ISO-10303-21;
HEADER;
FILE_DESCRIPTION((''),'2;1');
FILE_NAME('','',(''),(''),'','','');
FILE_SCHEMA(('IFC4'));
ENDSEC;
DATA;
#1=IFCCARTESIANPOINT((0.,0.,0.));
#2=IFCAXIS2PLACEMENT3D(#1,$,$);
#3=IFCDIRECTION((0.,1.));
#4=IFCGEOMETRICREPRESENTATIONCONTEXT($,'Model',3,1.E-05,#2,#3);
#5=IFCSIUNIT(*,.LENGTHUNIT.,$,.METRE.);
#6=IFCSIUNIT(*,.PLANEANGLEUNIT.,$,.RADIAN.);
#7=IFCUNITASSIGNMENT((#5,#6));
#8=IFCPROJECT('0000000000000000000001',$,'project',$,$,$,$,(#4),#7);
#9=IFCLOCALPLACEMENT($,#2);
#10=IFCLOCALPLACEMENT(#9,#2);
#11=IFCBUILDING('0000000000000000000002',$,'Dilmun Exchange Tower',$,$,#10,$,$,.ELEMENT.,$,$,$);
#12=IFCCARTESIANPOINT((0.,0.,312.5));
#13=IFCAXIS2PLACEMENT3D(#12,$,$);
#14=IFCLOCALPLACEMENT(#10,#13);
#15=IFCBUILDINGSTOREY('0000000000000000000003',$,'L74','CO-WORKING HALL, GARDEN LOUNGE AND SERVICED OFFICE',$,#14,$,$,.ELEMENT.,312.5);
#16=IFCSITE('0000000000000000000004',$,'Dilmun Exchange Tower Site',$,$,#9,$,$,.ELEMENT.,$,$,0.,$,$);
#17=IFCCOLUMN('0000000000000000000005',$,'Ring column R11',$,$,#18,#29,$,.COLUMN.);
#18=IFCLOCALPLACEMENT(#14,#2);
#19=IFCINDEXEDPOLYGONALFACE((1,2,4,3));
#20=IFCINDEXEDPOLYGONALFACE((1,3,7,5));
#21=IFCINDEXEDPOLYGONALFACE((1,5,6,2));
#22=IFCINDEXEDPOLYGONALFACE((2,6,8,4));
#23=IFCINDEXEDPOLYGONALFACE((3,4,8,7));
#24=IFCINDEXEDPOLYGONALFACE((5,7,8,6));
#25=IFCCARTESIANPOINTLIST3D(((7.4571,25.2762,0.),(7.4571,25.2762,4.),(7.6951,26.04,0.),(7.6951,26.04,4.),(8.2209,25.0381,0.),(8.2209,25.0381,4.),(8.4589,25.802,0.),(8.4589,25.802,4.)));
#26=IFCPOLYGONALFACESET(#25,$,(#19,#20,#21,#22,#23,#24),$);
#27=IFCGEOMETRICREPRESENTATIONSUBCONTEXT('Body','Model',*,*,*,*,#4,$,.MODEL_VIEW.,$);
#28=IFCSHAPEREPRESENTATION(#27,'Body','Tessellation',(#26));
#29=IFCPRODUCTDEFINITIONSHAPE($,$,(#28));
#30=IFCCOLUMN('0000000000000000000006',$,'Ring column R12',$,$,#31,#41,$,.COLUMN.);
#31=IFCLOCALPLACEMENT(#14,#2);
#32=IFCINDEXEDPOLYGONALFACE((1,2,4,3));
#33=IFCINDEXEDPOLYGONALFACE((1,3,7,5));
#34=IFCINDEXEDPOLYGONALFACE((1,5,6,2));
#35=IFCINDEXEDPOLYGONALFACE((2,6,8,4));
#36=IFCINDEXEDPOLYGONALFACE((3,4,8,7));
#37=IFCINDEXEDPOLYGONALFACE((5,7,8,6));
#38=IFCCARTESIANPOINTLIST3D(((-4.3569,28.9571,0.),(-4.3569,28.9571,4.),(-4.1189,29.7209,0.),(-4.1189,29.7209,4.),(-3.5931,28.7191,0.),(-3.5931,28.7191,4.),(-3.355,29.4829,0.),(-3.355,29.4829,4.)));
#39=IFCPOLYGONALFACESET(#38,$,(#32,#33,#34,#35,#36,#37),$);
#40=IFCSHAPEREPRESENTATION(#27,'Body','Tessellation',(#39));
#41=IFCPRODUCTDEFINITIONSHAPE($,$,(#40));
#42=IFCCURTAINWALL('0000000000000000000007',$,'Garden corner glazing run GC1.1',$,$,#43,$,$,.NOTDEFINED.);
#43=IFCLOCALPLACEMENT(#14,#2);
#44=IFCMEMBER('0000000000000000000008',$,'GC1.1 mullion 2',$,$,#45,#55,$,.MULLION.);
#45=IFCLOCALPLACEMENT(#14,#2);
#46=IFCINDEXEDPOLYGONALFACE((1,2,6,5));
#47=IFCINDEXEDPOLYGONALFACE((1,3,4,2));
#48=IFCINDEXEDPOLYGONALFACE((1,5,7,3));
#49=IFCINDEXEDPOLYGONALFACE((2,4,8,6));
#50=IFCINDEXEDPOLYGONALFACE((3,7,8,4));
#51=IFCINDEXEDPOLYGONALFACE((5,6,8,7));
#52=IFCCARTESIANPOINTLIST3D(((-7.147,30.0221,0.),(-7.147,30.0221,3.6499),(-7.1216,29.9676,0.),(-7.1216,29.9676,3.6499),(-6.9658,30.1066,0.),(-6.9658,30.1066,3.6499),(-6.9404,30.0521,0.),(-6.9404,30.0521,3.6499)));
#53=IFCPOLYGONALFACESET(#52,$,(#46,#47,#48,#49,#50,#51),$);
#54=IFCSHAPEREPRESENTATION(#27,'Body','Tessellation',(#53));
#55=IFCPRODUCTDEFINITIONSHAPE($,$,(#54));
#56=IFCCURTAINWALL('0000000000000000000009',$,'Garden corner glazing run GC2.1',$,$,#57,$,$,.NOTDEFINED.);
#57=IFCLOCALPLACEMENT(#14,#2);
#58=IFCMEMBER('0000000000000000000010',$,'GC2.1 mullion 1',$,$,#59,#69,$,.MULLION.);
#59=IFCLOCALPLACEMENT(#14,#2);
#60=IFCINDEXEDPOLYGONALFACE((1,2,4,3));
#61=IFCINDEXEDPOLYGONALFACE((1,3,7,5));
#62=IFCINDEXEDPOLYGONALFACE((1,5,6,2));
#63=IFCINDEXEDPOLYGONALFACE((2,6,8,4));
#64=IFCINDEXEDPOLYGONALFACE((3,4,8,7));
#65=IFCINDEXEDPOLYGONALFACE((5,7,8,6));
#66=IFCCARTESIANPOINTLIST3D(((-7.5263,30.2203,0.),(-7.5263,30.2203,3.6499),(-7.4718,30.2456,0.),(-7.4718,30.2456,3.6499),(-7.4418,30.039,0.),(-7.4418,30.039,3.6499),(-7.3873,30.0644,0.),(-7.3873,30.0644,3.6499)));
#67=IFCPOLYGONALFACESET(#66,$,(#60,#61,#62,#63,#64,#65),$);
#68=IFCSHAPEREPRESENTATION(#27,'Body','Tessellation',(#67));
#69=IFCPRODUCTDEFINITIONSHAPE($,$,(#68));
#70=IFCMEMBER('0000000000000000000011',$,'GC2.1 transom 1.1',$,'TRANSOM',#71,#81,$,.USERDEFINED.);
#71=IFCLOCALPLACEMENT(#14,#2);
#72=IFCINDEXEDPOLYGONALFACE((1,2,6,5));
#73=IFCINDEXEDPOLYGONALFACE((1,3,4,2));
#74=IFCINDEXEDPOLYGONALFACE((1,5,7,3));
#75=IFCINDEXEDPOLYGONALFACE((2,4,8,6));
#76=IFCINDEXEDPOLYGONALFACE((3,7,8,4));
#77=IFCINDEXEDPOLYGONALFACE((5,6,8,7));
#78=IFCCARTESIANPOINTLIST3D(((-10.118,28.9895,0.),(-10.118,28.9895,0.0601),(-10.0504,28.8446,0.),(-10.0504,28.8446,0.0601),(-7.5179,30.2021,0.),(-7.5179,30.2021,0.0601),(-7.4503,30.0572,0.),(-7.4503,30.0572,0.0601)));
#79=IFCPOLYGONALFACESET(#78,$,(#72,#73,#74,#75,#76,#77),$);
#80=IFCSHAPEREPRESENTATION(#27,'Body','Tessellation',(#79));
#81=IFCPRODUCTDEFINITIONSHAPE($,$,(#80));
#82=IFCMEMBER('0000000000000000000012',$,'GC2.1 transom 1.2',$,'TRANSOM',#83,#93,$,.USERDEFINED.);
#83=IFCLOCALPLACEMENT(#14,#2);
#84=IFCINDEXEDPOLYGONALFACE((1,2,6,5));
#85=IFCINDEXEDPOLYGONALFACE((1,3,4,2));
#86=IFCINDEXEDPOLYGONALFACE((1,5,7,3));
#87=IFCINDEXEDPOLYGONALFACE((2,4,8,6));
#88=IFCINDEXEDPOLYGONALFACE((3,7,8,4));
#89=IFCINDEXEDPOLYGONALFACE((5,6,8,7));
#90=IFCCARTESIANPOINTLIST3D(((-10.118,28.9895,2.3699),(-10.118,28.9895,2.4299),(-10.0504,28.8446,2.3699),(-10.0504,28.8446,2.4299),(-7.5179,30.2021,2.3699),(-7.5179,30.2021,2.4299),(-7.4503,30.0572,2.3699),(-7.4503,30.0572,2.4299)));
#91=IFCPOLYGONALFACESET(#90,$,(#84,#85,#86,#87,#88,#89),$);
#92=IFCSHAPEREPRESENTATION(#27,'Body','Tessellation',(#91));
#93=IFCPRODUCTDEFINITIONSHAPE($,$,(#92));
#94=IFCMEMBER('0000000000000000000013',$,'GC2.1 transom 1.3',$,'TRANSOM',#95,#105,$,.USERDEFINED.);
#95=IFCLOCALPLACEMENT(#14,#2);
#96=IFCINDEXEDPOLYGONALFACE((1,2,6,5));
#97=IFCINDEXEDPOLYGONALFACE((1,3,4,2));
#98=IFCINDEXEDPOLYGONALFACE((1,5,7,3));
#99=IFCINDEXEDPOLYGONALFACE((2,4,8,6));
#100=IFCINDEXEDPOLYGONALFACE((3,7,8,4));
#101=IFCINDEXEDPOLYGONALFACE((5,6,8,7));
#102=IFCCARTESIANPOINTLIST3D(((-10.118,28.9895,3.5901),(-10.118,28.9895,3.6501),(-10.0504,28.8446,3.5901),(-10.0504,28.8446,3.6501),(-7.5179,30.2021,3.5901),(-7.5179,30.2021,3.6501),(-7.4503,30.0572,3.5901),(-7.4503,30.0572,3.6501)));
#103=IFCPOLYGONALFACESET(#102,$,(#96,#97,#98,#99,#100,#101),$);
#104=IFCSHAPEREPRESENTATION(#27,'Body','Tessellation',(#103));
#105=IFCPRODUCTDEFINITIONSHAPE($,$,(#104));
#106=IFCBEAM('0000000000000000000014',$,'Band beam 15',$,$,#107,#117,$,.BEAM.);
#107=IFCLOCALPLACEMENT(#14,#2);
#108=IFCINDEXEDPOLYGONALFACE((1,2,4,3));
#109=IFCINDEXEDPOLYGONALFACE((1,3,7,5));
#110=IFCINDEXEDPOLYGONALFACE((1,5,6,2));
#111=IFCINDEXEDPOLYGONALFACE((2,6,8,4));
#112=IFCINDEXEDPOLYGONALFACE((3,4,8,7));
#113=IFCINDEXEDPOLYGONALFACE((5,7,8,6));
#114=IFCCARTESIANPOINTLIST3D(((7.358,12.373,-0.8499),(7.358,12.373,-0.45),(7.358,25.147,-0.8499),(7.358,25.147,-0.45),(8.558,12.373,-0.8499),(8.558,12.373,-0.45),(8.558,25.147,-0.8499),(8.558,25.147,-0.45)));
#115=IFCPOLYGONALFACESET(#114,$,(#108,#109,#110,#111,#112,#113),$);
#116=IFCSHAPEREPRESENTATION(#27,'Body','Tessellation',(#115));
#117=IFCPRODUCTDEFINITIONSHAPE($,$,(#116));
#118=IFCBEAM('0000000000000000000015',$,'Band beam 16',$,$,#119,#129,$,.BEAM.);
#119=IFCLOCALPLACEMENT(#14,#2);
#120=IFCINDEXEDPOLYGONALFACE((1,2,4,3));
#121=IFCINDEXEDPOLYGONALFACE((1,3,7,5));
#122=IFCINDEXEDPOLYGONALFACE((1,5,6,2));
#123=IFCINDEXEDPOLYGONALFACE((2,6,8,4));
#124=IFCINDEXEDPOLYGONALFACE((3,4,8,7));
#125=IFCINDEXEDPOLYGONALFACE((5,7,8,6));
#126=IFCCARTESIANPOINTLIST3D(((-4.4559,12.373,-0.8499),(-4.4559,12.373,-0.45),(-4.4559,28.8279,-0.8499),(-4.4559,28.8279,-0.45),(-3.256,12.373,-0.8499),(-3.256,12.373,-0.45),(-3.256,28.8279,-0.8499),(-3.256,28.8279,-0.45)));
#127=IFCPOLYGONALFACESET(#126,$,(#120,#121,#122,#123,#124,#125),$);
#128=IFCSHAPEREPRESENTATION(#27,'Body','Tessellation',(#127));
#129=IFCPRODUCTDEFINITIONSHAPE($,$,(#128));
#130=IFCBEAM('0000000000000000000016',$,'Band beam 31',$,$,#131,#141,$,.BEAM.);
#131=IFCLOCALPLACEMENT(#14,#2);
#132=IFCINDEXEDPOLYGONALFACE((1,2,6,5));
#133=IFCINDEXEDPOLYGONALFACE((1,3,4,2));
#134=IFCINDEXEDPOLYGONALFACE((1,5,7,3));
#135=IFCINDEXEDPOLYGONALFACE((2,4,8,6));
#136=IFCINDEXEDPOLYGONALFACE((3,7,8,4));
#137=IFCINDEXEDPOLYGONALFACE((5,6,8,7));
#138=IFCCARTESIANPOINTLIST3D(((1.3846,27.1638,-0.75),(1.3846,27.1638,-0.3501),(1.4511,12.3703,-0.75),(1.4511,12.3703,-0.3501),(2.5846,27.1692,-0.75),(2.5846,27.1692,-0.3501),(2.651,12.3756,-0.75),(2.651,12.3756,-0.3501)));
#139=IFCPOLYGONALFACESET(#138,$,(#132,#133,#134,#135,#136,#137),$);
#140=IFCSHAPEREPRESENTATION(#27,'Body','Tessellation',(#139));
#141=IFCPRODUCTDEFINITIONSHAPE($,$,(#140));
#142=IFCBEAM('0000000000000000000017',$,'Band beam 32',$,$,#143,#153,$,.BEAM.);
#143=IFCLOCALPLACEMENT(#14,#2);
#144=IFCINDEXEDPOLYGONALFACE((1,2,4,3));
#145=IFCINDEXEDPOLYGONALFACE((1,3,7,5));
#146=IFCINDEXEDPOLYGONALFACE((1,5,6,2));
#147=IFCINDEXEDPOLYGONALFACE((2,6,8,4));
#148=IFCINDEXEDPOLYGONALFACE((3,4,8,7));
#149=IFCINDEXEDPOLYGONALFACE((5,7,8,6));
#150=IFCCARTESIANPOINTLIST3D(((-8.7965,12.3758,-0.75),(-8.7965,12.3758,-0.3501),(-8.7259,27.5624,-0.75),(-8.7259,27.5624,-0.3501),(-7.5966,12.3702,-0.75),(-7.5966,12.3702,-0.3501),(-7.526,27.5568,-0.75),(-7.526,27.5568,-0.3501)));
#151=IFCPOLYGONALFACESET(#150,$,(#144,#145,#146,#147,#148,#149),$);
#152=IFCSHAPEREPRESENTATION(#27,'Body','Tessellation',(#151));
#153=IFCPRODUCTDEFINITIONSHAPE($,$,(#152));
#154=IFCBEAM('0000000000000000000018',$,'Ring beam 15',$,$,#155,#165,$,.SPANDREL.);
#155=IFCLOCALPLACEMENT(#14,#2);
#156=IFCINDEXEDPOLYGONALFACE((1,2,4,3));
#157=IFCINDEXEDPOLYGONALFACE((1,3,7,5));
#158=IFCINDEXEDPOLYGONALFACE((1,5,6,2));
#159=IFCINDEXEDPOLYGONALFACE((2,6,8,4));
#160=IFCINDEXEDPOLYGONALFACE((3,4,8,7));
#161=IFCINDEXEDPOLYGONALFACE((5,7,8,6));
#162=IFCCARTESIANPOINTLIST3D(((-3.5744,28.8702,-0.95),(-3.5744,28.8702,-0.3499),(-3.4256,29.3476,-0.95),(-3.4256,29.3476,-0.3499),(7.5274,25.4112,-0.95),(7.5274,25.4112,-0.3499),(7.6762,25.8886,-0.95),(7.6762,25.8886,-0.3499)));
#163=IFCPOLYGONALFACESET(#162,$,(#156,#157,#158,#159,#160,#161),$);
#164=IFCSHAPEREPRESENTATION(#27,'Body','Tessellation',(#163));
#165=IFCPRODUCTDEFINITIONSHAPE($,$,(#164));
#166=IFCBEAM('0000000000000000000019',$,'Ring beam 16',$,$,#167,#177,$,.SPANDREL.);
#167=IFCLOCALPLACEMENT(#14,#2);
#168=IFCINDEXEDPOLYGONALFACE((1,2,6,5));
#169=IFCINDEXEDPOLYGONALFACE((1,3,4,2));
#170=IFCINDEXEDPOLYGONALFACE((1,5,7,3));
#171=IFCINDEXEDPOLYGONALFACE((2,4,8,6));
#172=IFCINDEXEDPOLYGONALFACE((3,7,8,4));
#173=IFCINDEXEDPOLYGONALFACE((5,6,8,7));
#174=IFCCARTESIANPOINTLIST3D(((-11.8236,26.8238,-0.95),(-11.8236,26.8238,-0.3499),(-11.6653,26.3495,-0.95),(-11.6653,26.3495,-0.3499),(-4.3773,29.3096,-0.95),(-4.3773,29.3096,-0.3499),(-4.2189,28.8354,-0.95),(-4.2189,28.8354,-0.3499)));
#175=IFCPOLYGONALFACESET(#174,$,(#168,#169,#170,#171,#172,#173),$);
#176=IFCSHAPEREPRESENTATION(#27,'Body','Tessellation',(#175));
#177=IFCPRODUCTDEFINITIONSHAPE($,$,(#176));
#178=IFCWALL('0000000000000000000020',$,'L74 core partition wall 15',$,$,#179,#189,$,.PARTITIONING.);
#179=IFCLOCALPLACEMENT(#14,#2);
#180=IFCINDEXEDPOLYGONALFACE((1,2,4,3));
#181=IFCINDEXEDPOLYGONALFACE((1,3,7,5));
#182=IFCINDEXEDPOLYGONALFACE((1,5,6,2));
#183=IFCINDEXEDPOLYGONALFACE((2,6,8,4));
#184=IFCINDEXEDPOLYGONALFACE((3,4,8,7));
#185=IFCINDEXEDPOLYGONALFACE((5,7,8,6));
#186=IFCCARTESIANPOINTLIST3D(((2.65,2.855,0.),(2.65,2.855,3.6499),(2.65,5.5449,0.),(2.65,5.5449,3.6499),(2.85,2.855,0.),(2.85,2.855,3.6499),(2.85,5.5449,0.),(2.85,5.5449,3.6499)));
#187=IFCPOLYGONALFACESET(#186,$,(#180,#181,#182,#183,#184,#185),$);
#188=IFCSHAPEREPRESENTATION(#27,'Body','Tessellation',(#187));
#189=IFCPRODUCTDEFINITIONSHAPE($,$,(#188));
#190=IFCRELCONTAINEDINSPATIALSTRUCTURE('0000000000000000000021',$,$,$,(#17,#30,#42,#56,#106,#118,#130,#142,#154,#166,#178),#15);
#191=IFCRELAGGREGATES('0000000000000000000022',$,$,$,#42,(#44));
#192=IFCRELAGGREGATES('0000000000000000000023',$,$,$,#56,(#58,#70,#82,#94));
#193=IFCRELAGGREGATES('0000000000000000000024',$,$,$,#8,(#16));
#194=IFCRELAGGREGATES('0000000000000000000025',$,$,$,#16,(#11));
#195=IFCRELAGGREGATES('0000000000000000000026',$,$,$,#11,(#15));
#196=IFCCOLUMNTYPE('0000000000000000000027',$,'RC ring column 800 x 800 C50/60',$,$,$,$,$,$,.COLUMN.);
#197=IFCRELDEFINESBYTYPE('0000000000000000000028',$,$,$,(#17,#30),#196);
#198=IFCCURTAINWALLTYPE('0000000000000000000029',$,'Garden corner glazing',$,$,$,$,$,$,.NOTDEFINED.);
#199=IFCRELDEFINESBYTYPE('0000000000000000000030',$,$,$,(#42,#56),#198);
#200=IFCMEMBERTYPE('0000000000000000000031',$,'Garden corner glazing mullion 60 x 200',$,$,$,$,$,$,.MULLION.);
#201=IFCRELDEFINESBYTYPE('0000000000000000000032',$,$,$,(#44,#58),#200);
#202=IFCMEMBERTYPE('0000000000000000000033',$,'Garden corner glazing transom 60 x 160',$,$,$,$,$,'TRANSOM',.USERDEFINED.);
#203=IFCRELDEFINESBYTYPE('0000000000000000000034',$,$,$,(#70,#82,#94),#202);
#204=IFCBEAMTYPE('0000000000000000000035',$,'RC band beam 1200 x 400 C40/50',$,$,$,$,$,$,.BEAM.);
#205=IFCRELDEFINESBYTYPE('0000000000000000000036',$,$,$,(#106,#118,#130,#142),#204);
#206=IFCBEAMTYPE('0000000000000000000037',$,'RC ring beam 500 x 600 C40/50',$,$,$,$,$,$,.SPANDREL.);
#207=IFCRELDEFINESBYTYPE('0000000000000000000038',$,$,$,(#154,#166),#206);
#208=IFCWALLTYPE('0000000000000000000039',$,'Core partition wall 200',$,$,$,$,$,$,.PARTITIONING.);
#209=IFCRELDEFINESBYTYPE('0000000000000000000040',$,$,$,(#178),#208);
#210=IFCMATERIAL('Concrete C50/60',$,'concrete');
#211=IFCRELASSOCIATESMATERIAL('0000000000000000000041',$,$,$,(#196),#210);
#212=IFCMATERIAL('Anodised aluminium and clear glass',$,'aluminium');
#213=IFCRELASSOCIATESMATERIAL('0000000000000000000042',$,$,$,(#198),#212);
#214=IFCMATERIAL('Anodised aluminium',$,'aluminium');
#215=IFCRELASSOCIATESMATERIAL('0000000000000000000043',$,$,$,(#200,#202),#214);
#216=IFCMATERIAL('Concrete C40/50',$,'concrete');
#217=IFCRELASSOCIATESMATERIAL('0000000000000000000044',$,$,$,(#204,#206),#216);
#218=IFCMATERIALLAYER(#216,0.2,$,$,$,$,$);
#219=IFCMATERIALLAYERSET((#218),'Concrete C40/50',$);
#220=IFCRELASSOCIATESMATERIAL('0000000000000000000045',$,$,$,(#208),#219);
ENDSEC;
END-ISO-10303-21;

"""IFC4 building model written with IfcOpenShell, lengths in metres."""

from ifc_helpers import new_model, si_unit, direction, frame, frame_2d, origin, origin_2d, place, context, subcontext, project, spatial, rectangle, extrude, material, layer, layer_set, material_profile, profile_set, type_object, element, aggregate, save


model = new_model("IFC4")

# Units and contexts
model_context = context("Model", 3, precision=1e-05, world=origin(), true_north=direction((0.0, 1.0)))
body_context = subcontext(model_context, "Body", "Model", "MODEL_VIEW")
ifc_project = project(units=[si_unit("LENGTHUNIT", "METRE"), si_unit("PLANEANGLEUNIT", "RADIAN")], contexts=[model_context])

# Site, building, storey
site_placement = place(None, origin())
site = spatial("IfcSite", under=ifc_project, at=site_placement, Name="Dilmun Exchange Tower Site", CompositionType="ELEMENT", RefElevation=0.0)
building_placement = place(site_placement, origin())
building = spatial("IfcBuilding", under=site, at=building_placement, Name="Dilmun Exchange Tower", CompositionType="ELEMENT")
storey_placement = place(building_placement, frame((0.0, 0.0, 312.5)))
storey = spatial("IfcBuildingStorey", under=building, at=storey_placement, Name="L74", Description="CO-WORKING HALL, GARDEN LOUNGE AND SERVICED OFFICE", CompositionType="ELEMENT", Elevation=312.5)

# Columns
ifc_material_1 = material(Name="Concrete C50/60", Category="concrete")
ifc_material_profile_1 = material_profile(ifc_material_1, rectangle(XDim=0.8, YDim=0.8, at=origin_2d()), Name="800 x 800")
ifc_profile_set_1 = profile_set([ifc_material_profile_1], Name="Concrete C50/60")
column_type = type_object("IfcColumnType", Name="RC ring column 800 x 800 C50/60", PredefinedType="COLUMN", material=ifc_profile_set_1)
for number, where, z_axis, x_axis, name in (
    (1, (7.958, 25.5391, 0.0), (0.0, 0.0, 1.0), (0.297503, 0.954721, 0.0), "Ring column R11"),
    (2, (-3.856, 29.22, 0.0), (0.0, 0.0, 1.0), (0.297503, 0.954721, 0.0), "Ring column R12"),
):
    element("IfcColumn", number, at=place(storey_placement, frame(where, z_axis=z_axis, x_axis=x_axis)), inside=storey, type_object=column_type, Name=name, PredefinedType="COLUMN", context=body_context, shape_type="SweptSolid", body=[
        extrude(rectangle(XDim=0.8, YDim=0.8, at=origin_2d()), origin(), (0.0, 0.0, 1.0), 4.0),
    ])

# Curtain wall, member
ifc_material_2 = material(Name="Anodised aluminium and clear glass", Category="aluminium")
curtain_wall_type = type_object("IfcCurtainWallType", Name="Garden corner glazing", PredefinedType="NOTDEFINED", material=ifc_material_2)
curtain_wall_1_placement = place(storey_placement, origin())
curtain_wall_1 = element("IfcCurtainWall", 3, at=curtain_wall_1_placement, inside=storey, type_object=curtain_wall_type, Name="Garden corner glazing run GC1.1", PredefinedType="NOTDEFINED")
ifc_material_3 = material(Name="Anodised aluminium", Category="aluminium")
ifc_material_profile_2 = material_profile(ifc_material_3, rectangle(XDim=0.2, YDim=0.0601, at=origin_2d()), Name="AL 60x200")
ifc_profile_set_2 = profile_set([ifc_material_profile_2], Name="Anodised aluminium")
member_type_1 = type_object("IfcMemberType", Name="Garden corner glazing mullion 60 x 200", PredefinedType="MULLION", material=ifc_profile_set_2)
member_1_placement = place(storey_placement, frame((-7.0437, 30.0371, 0.0), z_axis=(0.0, 0.0, 1.0), x_axis=(0.906305, 0.422623, 0.0)))
member_1 = element("IfcMember", 4, at=member_1_placement, type_object=member_type_1, Name="GC1.1 mullion 2", PredefinedType="MULLION", context=body_context, shape_type="SweptSolid", body=[
    extrude(rectangle(XDim=0.2, YDim=0.0601, at=origin_2d()), origin(), (0.0, 0.0, 1.0), 3.6499),
])
aggregate(curtain_wall_1, [member_1])

# Curtain wall, members
curtain_wall_2_placement = place(storey_placement, origin())
curtain_wall_2 = element("IfcCurtainWall", 5, at=curtain_wall_2_placement, inside=storey, type_object=curtain_wall_type, Name="Garden corner glazing run GC2.1", PredefinedType="NOTDEFINED")
member_2_placement = place(storey_placement, frame((-7.4568, 30.1423, 0.0), z_axis=(0.0, 0.0, 1.0), x_axis=(0.422611, -0.906311, 0.0)))
member_2 = element("IfcMember", 6, at=member_2_placement, type_object=member_type_1, Name="GC2.1 mullion 1", PredefinedType="MULLION", context=body_context, shape_type="SweptSolid", body=[
    extrude(rectangle(XDim=0.2, YDim=0.0601, at=origin_2d()), origin(), (0.0, 0.0, 1.0), 3.6499),
])
ifc_material_profile_3 = material_profile(ifc_material_3, rectangle(XDim=0.1599, YDim=0.0601, at=origin_2d()), Name="AL 60x160")
ifc_profile_set_3 = profile_set([ifc_material_profile_3], Name="Anodised aluminium")
member_type_2 = type_object("IfcMemberType", Name="Garden corner glazing transom 60 x 160", ElementType="TRANSOM", PredefinedType="USERDEFINED", material=ifc_profile_set_3)
member_3_placement = place(storey_placement, frame((-7.4841, 30.1296, 0.03), z_axis=(-0.906281, -0.422676, 0.0), x_axis=(0.422676, -0.906281, 0.0)))
member_3 = element("IfcMember", 7, at=member_3_placement, type_object=member_type_2, Name="GC2.1 transom 1.1", ObjectType="TRANSOM", PredefinedType="USERDEFINED", context=body_context, shape_type="SweptSolid", body=[
    extrude(rectangle(XDim=0.1599, YDim=0.0601, at=origin_2d()), origin(), (0.0, 0.0, 1.0), 2.8689),
])
member_4_placement = place(storey_placement, frame((-7.4841, 30.1296, 2.3999), z_axis=(-0.906281, -0.422676, 0.0), x_axis=(0.422676, -0.906281, 0.0)))
member_4 = element("IfcMember", 8, at=member_4_placement, type_object=member_type_2, Name="GC2.1 transom 1.2", ObjectType="TRANSOM", PredefinedType="USERDEFINED", context=body_context, shape_type="SweptSolid", body=[
    extrude(rectangle(XDim=0.1599, YDim=0.0601, at=origin_2d()), origin(), (0.0, 0.0, 1.0), 2.8689),
])
member_5_placement = place(storey_placement, frame((-7.4841, 30.1296, 3.6201), z_axis=(-0.906281, -0.422676, 0.0), x_axis=(0.422676, -0.906281, 0.0)))
member_5 = element("IfcMember", 9, at=member_5_placement, type_object=member_type_2, Name="GC2.1 transom 1.3", ObjectType="TRANSOM", PredefinedType="USERDEFINED", context=body_context, shape_type="SweptSolid", body=[
    extrude(rectangle(XDim=0.1599, YDim=0.0601, at=origin_2d()), origin(), (0.0, 0.0, 1.0), 2.8689),
])
aggregate(curtain_wall_2, [member_2, member_3, member_4, member_5])

# Beams
ifc_material_4 = material(Name="Concrete C40/50", Category="concrete")
ifc_material_profile_4 = material_profile(ifc_material_4, rectangle(XDim=1.2, YDim=0.3999, at=origin_2d()), Name="1200 x 400")
ifc_profile_set_4 = profile_set([ifc_material_profile_4], Name="Concrete C40/50")
beam_type_1 = type_object("IfcBeamType", Name="RC band beam 1200 x 400 C40/50", PredefinedType="BEAM", material=ifc_profile_set_4)
beam_1_placement = place(storey_placement, frame((7.958, 25.147, -0.6499), z_axis=(0.0, -1.0, 0.0), x_axis=(1.0, 0.0, 0.0)))
element("IfcBeam", 10, at=beam_1_placement, inside=storey, type_object=beam_type_1, Name="Band beam 15", PredefinedType="BEAM", context=body_context, shape_type="SweptSolid", body=[
    extrude(rectangle(XDim=1.2, YDim=0.3999, at=origin_2d()), origin(), (0.0, 0.0, 1.0), 12.7739),
])
beam_2_placement = place(storey_placement, frame((-3.856, 28.8279, -0.6499), z_axis=(0.0, -1.0, 0.0), x_axis=(1.0, 0.0, 0.0)))
element("IfcBeam", 11, at=beam_2_placement, inside=storey, type_object=beam_type_1, Name="Band beam 16", PredefinedType="BEAM", context=body_context, shape_type="SweptSolid", body=[
    extrude(rectangle(XDim=1.2, YDim=0.3999, at=origin_2d()), origin(), (0.0, 0.0, 1.0), 16.4548),
])
beam_3_placement = place(storey_placement, frame((1.9846, 27.1665, -0.55), z_axis=(0.004489, -0.99999, 0.0), x_axis=(0.99999, 0.004489, 0.0)))
element("IfcBeam", 12, at=beam_3_placement, inside=storey, type_object=beam_type_1, Name="Band beam 31", PredefinedType="BEAM", context=body_context, shape_type="SweptSolid", body=[
    extrude(rectangle(XDim=1.2, YDim=0.3999, at=origin_2d()), origin(), (0.0, 0.0, 1.0), 14.7937),
])
beam_4_placement = place(storey_placement, frame((-8.126, 27.5596, -0.55), z_axis=(-0.004646, -0.999989, 0.0), x_axis=(0.999989, -0.004646, 0.0)))
element("IfcBeam", 13, at=beam_4_placement, inside=storey, type_object=beam_type_1, Name="Band beam 32", PredefinedType="BEAM", context=body_context, shape_type="SweptSolid", body=[
    extrude(rectangle(XDim=1.2, YDim=0.3999, at=origin_2d()), origin(), (0.0, 0.0, 1.0), 15.1868),
])
ifc_material_profile_5 = material_profile(ifc_material_4, rectangle(XDim=0.5, YDim=0.6001, at=origin_2d()), Name="500 x 600")
ifc_profile_set_5 = profile_set([ifc_material_profile_5], Name="Concrete C40/50")
beam_type_2 = type_object("IfcBeamType", Name="RC ring beam 500 x 600 C40/50", PredefinedType="SPANDREL", material=ifc_profile_set_5)
beam_5_placement = place(storey_placement, frame((7.6018, 25.6499, -0.6499), z_axis=(-0.954733, 0.297466, 0.0), x_axis=(-0.297466, -0.954733, 0.0)))
element("IfcBeam", 14, at=beam_5_placement, inside=storey, type_object=beam_type_2, Name="Ring beam 15", PredefinedType="SPANDREL", context=body_context, shape_type="SweptSolid", body=[
    extrude(rectangle(XDim=0.5, YDim=0.6001, at=origin_2d()), origin(), (0.0, 0.0, 1.0), 11.6282),
])
beam_6_placement = place(storey_placement, frame((-4.2981, 29.0725, -0.6499), z_axis=(-0.94854, -0.316657, 0.0), x_axis=(0.316657, -0.94854, 0.0)))
element("IfcBeam", 15, at=beam_6_placement, inside=storey, type_object=beam_type_2, Name="Ring beam 16", PredefinedType="SPANDREL", context=body_context, shape_type="SweptSolid", body=[
    extrude(rectangle(XDim=0.5, YDim=0.6001, at=origin_2d()), origin(), (0.0, 0.0, 1.0), 7.8503),
])

# Wall
ifc_layer_1 = layer(ifc_material_4, 0.2)
ifc_layer_set_1 = layer_set([ifc_layer_1], Name="Concrete C40/50")
wall_type_1 = type_object("IfcWallType", Name="Core partition wall 200", PredefinedType="PARTITIONING", material=ifc_layer_set_1)
wall_1_placement = place(storey_placement, frame((2.75, 2.855, 0.0), z_axis=(0.0, 0.0, 1.0), x_axis=(0.0, 1.0, 0.0)))
element("IfcWall", 16, at=wall_1_placement, inside=storey, type_object=wall_type_1, Name="L74 core partition wall 15", PredefinedType="PARTITIONING", context=body_context, shape_type="SweptSolid", body=[
    extrude(rectangle(XDim=2.6899, YDim=0.2, at=frame_2d((1.345, 0.0))), origin(), (0.0, 0.0, 1.0), 3.6499),
])

save(model, "model.ifc")
